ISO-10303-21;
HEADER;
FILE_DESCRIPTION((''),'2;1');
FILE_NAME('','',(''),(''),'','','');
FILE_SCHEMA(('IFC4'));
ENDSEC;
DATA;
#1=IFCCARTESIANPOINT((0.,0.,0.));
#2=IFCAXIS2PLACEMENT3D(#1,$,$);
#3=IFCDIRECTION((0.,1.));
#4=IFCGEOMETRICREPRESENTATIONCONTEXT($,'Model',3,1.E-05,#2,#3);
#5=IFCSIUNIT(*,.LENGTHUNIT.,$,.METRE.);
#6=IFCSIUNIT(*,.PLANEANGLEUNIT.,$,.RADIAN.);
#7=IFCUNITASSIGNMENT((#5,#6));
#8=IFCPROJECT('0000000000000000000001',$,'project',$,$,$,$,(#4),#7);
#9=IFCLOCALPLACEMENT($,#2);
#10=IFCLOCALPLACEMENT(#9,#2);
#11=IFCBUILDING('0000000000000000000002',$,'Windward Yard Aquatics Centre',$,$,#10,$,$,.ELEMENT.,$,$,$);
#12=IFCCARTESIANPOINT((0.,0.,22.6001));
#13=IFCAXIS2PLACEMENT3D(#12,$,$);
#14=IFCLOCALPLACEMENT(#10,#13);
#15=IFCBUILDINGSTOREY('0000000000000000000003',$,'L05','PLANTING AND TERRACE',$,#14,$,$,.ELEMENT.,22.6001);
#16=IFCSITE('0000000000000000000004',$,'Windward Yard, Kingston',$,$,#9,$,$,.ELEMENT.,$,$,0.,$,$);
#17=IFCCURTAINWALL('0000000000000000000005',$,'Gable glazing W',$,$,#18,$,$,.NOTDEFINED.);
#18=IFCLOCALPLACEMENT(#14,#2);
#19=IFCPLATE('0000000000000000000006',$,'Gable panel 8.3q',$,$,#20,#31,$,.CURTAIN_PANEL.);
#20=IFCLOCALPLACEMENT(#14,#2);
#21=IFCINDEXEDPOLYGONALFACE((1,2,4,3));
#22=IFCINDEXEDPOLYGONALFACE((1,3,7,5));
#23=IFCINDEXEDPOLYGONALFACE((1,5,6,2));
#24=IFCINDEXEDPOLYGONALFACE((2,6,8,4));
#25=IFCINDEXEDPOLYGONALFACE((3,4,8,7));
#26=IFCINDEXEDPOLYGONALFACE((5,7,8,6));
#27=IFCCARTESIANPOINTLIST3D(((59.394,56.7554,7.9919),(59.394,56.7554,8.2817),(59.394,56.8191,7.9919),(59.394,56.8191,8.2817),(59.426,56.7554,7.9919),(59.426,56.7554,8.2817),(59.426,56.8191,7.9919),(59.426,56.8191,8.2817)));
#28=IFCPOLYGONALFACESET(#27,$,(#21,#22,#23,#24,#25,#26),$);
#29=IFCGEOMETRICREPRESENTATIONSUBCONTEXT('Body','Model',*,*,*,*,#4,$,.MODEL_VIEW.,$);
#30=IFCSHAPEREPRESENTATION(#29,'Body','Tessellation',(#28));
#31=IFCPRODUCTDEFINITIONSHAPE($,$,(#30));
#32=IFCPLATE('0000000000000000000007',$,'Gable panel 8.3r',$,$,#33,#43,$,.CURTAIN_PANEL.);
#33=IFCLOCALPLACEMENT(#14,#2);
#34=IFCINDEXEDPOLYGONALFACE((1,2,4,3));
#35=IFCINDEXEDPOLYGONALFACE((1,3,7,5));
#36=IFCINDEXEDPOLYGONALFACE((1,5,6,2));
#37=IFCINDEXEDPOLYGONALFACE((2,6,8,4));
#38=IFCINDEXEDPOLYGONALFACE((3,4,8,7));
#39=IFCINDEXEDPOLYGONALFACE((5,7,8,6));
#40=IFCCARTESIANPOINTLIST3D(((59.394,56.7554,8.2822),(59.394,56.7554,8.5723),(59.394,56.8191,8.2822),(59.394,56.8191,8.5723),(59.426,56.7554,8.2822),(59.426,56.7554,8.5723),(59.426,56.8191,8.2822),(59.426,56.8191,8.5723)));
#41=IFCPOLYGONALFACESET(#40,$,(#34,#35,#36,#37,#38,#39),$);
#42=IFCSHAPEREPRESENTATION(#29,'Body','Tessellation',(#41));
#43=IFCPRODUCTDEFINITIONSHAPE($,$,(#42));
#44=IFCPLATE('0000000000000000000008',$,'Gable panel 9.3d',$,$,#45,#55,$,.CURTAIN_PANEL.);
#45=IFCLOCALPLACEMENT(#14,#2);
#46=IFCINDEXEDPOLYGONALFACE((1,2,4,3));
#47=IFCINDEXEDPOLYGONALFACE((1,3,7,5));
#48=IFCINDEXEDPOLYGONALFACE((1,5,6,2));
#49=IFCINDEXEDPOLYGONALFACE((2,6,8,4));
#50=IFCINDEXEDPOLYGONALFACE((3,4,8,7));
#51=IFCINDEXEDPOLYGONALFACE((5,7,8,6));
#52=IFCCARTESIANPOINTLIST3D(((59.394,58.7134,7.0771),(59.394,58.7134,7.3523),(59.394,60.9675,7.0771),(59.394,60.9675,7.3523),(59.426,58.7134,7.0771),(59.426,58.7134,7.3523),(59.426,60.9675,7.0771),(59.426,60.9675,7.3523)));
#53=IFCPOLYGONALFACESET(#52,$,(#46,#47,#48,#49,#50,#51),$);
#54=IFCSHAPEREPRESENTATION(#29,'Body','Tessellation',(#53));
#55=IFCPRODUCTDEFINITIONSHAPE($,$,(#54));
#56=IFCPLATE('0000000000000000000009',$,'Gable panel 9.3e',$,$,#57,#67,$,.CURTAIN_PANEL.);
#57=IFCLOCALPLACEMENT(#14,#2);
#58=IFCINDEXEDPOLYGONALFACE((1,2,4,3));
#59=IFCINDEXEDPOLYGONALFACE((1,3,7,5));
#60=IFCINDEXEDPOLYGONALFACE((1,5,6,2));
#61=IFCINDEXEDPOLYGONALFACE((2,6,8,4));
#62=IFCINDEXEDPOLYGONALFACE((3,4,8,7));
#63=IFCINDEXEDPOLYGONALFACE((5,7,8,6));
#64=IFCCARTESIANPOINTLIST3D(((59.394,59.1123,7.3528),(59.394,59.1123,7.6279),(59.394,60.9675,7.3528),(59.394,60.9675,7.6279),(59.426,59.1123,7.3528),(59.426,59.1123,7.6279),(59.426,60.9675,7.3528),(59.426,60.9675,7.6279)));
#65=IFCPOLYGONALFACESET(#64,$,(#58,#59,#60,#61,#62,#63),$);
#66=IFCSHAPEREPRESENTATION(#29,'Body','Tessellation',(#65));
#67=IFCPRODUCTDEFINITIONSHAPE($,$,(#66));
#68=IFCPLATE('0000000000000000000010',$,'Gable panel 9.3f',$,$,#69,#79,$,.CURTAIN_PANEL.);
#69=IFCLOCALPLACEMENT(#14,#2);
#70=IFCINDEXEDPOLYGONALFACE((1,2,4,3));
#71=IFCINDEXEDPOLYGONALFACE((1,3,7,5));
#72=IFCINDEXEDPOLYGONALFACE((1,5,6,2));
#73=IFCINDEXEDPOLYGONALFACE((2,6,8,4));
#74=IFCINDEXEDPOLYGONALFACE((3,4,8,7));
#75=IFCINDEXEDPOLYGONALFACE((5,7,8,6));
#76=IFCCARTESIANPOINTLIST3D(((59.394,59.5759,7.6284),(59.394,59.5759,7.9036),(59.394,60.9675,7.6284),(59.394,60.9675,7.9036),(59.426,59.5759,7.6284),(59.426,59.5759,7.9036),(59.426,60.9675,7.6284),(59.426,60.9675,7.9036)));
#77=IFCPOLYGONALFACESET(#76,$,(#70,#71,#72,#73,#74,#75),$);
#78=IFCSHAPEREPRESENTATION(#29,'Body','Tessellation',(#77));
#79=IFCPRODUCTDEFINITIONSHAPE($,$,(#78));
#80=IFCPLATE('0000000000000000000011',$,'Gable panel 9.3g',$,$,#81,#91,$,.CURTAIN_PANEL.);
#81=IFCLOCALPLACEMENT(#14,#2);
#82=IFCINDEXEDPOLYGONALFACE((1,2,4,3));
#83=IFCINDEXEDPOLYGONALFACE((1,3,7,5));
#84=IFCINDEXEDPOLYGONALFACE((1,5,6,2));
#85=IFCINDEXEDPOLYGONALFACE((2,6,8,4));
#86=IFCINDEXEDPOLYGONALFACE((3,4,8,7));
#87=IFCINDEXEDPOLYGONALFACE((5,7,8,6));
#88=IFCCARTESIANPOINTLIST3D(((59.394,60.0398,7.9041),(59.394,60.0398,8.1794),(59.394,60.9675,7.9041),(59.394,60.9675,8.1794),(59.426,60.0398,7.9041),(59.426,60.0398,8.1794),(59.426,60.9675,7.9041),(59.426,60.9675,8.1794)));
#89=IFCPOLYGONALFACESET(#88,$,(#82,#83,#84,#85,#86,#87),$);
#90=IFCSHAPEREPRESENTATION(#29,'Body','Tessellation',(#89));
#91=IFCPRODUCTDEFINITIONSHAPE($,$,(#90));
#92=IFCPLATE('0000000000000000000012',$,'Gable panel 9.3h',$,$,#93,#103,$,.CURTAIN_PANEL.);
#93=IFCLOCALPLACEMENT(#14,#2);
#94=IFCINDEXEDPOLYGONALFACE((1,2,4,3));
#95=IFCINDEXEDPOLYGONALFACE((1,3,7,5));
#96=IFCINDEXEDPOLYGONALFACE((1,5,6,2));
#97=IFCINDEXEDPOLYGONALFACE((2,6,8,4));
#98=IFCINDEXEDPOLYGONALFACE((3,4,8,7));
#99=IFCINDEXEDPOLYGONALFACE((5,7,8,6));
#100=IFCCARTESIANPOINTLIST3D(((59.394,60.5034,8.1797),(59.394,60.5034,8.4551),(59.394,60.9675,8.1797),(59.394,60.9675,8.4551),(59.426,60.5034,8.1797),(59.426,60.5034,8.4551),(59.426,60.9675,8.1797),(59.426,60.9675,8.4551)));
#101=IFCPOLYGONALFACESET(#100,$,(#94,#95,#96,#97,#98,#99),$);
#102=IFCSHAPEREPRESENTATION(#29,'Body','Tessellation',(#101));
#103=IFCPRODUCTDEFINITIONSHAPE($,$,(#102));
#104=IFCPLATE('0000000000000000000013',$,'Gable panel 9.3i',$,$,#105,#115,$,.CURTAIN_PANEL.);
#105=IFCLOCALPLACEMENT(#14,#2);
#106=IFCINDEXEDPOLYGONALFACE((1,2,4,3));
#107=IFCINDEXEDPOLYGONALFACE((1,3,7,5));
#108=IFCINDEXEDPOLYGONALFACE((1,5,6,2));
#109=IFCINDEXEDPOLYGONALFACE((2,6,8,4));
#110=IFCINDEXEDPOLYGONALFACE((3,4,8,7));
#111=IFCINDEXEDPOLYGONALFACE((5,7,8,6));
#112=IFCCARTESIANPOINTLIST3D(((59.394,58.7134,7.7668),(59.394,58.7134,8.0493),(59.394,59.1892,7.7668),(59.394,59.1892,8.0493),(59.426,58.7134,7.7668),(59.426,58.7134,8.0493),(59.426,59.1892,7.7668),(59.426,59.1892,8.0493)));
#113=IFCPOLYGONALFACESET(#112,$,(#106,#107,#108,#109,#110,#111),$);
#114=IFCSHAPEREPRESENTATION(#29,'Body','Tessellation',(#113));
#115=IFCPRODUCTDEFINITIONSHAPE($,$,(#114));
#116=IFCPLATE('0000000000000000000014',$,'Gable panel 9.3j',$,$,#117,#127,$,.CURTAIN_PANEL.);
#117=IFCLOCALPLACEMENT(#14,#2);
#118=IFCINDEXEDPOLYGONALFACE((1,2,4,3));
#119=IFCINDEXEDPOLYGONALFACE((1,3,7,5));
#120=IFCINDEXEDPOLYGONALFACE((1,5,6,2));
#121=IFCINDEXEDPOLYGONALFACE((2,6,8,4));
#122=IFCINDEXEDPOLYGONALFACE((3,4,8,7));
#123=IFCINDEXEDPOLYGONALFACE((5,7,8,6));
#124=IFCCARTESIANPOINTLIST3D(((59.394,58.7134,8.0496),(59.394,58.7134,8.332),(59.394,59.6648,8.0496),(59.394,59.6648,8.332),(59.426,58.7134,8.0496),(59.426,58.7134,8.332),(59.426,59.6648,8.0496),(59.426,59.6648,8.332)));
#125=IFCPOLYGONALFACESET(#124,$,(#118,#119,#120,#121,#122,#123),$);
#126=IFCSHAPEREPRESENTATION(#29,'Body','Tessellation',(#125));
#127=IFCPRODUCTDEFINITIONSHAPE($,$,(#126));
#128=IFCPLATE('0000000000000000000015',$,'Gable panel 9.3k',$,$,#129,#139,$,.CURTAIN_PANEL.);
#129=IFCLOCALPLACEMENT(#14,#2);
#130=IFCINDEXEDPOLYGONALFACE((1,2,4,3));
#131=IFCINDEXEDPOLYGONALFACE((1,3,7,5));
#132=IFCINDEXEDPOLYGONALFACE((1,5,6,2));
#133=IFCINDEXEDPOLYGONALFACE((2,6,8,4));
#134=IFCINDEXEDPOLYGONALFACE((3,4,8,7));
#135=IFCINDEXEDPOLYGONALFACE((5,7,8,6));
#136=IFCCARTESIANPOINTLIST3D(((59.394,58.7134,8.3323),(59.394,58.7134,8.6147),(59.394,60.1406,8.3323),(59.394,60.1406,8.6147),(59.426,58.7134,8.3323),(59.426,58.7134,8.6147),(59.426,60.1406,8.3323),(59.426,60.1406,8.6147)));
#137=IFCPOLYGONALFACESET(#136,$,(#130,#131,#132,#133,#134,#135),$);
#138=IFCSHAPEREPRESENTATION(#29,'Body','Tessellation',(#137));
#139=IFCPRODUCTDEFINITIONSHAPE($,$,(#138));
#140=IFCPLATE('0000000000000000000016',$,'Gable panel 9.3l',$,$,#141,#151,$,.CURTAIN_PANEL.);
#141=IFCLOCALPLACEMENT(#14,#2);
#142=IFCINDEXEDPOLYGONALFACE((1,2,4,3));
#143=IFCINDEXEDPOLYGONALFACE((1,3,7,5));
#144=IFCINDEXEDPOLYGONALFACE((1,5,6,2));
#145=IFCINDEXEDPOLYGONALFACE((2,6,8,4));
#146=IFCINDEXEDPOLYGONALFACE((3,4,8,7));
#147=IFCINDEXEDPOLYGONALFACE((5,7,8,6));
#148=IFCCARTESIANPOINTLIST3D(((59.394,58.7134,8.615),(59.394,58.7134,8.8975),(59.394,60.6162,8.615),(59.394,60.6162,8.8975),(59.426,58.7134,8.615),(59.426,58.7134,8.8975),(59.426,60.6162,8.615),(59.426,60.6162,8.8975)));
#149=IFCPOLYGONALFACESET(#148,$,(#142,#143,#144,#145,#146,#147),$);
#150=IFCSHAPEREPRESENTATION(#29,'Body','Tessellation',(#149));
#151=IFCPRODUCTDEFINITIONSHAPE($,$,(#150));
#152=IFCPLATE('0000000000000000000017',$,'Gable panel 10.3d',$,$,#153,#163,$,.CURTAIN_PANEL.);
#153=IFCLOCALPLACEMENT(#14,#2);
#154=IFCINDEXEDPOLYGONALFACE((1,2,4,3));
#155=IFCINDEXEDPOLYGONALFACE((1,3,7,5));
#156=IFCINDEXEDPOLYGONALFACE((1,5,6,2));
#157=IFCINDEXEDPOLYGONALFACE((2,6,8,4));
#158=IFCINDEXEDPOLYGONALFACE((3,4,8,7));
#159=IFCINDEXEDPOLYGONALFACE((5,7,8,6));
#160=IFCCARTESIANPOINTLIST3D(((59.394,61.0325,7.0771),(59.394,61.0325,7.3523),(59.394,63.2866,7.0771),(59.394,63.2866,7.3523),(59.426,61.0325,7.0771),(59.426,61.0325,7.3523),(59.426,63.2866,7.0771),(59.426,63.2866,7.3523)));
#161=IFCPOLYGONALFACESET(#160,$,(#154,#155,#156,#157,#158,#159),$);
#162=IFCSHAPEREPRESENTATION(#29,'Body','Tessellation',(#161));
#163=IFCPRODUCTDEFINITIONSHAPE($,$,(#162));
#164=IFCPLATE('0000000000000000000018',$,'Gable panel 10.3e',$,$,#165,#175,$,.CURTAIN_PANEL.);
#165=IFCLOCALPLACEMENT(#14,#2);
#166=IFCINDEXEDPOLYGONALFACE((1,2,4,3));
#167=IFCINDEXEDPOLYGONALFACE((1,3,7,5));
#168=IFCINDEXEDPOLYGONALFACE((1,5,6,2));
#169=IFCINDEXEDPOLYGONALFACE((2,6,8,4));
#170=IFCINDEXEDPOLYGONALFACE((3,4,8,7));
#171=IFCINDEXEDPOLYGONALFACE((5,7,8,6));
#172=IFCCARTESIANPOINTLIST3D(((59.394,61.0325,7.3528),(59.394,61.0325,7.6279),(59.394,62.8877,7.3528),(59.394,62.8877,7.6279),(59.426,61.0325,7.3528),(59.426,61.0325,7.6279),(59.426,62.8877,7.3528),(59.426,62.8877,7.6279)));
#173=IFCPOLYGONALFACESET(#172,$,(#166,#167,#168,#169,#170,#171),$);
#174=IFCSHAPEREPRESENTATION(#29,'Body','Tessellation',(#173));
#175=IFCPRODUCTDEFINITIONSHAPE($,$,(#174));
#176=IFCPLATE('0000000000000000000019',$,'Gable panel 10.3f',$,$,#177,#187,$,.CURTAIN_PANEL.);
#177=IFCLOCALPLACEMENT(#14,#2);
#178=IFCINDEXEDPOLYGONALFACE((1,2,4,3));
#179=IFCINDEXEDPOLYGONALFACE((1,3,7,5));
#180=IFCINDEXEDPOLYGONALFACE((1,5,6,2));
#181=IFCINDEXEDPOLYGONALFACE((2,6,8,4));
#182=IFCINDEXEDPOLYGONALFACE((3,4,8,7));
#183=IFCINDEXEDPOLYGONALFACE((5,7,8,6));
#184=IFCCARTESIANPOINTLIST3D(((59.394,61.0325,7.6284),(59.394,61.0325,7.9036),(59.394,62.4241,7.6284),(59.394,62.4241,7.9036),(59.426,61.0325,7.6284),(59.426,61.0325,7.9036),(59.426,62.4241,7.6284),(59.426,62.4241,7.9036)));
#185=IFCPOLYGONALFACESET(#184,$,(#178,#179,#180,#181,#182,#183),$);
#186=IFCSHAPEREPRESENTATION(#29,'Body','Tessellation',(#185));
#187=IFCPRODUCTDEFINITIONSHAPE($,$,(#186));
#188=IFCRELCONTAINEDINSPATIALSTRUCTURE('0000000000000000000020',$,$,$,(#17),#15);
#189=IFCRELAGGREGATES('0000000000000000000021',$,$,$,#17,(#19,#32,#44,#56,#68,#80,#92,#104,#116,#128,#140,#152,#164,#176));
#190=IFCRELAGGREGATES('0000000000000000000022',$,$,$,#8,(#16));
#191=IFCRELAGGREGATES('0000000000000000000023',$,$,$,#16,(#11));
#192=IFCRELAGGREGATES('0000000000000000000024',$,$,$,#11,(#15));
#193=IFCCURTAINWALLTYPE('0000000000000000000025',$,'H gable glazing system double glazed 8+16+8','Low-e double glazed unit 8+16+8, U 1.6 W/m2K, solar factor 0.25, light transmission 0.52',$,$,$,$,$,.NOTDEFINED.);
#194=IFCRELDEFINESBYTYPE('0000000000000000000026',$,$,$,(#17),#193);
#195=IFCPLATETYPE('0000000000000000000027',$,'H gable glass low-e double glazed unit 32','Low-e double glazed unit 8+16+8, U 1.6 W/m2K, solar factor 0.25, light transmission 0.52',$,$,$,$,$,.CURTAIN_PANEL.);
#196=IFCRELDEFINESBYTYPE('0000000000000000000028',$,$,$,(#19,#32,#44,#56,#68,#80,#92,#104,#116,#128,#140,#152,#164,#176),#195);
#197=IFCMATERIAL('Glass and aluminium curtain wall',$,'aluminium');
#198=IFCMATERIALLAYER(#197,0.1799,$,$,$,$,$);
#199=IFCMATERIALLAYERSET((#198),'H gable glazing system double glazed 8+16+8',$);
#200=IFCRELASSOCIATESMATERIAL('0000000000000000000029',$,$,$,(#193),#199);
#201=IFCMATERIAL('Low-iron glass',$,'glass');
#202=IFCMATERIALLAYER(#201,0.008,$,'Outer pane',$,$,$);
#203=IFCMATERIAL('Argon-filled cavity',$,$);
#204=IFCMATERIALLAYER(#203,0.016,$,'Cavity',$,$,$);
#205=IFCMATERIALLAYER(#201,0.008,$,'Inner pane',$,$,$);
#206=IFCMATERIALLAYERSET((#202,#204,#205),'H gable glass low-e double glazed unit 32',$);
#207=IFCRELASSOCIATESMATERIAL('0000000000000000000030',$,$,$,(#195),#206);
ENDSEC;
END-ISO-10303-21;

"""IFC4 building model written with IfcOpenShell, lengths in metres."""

from ifc_helpers import new_model, si_unit, direction, frame, origin, place, context, subcontext, project, spatial, polyline, outline, extrude, material, layer, layer_set, type_object, element, aggregate, save


model = new_model("IFC4")

# Units and contexts
model_context = context("Model", 3, precision=1e-05, world=origin(), true_north=direction((0.0, 1.0)))
body_context = subcontext(model_context, "Body", "Model", "MODEL_VIEW")
ifc_project = project(units=[si_unit("LENGTHUNIT", "METRE"), si_unit("PLANEANGLEUNIT", "RADIAN")], contexts=[model_context])

# Site, building, storey
site_placement = place(None, origin())
site = spatial("IfcSite", under=ifc_project, at=site_placement, Name="Windward Yard, Kingston", CompositionType="ELEMENT", RefElevation=0.0)
building_placement = place(site_placement, origin())
building = spatial("IfcBuilding", under=site, at=building_placement, Name="Windward Yard Aquatics Centre", CompositionType="ELEMENT")
storey_placement = place(building_placement, frame((0.0, 0.0, 22.6001)))
storey = spatial("IfcBuildingStorey", under=building, at=storey_placement, Name="L05", Description="PLANTING AND TERRACE", CompositionType="ELEMENT", Elevation=22.6001)

# Curtain wall, plates
ifc_material_1 = material(Name="Glass and aluminium curtain wall", Category="aluminium")
ifc_layer_1 = layer(ifc_material_1, 0.1799)
ifc_layer_set_1 = layer_set([ifc_layer_1], Name="H gable glazing system double glazed 8+16+8")
curtain_wall_type = type_object("IfcCurtainWallType", Name="H gable glazing system double glazed 8+16+8", Description="Low-e double glazed unit 8+16+8, U 1.6 W/m2K, solar factor 0.25, light transmission 0.52", PredefinedType="NOTDEFINED", material=ifc_layer_set_1)
curtain_wall_placement = place(storey_placement, origin())
curtain_wall = element("IfcCurtainWall", 1, at=curtain_wall_placement, inside=storey, type_object=curtain_wall_type, Name="Gable glazing W", PredefinedType="NOTDEFINED")
ifc_material_2 = material(Name="Low-iron glass", Category="glass")
ifc_layer_2 = layer(ifc_material_2, 0.008, Name="Outer pane")
ifc_material_3 = material(Name="Argon-filled cavity")
ifc_layer_3 = layer(ifc_material_3, 0.016, Name="Cavity")
ifc_layer_4 = layer(ifc_material_2, 0.008, Name="Inner pane")
ifc_layer_set_2 = layer_set([ifc_layer_2, ifc_layer_3, ifc_layer_4], Name="H gable glass low-e double glazed unit 32")
plate_type = type_object("IfcPlateType", Name="H gable glass low-e double glazed unit 32", Description="Low-e double glazed unit 8+16+8, U 1.6 W/m2K, solar factor 0.25, light transmission 0.52", PredefinedType="CURTAIN_PANEL", material=ifc_layer_set_2)
plate_1_placement = place(storey_placement, frame((59.426, 56.7554, 7.9919), z_axis=(1.0, 0.0, 0.0), x_axis=(0.0, 1.0, 0.0)))
plate_1 = element("IfcPlate", 2, at=plate_1_placement, type_object=plate_type, Name="Gable panel 8.3q", PredefinedType="CURTAIN_PANEL", context=body_context, shape_type="SweptSolid", body=[
    extrude(outline(polyline([(0.0, 0.0), (0.0637, 0.0), (0.0637, 0.2898), (0.0, 0.2898), (0.0, 0.0)])), origin(), (0.0, 0.0, -1.0), 0.032),
])
plate_2_placement = place(storey_placement, frame((59.426, 56.7554, 8.2822), z_axis=(1.0, 0.0, 0.0), x_axis=(0.0, 1.0, 0.0)))
plate_2 = element("IfcPlate", 3, at=plate_2_placement, type_object=plate_type, Name="Gable panel 8.3r", PredefinedType="CURTAIN_PANEL", context=body_context, shape_type="SweptSolid", body=[
    extrude(outline(polyline([(0.0, 0.0), (0.0637, 0.0), (0.0637, 0.29), (0.0, 0.29), (0.0, 0.0)])), origin(), (0.0, 0.0, -1.0), 0.032),
])
plate_3_placement = place(storey_placement, frame((59.426, 58.7134, 7.0771), z_axis=(1.0, 0.0, 0.0), x_axis=(0.0, 1.0, 0.0)))
plate_3 = element("IfcPlate", 4, at=plate_3_placement, type_object=plate_type, Name="Gable panel 9.3d", PredefinedType="CURTAIN_PANEL", context=body_context, shape_type="SweptSolid", body=[
    extrude(outline(polyline([(0.0, 0.0), (2.2542, 0.0), (2.2542, 0.2751), (0.0, 0.2751), (0.0, 0.0)])), origin(), (0.0, 0.0, -1.0), 0.032),
])
plate_4_placement = place(storey_placement, frame((59.426, 59.1123, 7.3528), z_axis=(1.0, 0.0, 0.0), x_axis=(0.0, 1.0, 0.0)))
plate_4 = element("IfcPlate", 5, at=plate_4_placement, type_object=plate_type, Name="Gable panel 9.3e", PredefinedType="CURTAIN_PANEL", context=body_context, shape_type="SweptSolid", body=[
    extrude(outline(polyline([(0.0, 0.0), (1.8552, 0.0), (1.8552, 0.2751), (0.0, 0.2751), (0.0, 0.0)])), origin(), (0.0, 0.0, -1.0), 0.032),
])
plate_5_placement = place(storey_placement, frame((59.426, 59.5759, 7.6284), z_axis=(1.0, 0.0, 0.0), x_axis=(0.0, 1.0, 0.0)))
plate_5 = element("IfcPlate", 6, at=plate_5_placement, type_object=plate_type, Name="Gable panel 9.3f", PredefinedType="CURTAIN_PANEL", context=body_context, shape_type="SweptSolid", body=[
    extrude(outline(polyline([(0.0, 0.0), (1.3916, 0.0), (1.3916, 0.2751), (0.0, 0.2751), (0.0, 0.0)])), origin(), (0.0, 0.0, -1.0), 0.032),
])
plate_6_placement = place(storey_placement, frame((59.426, 60.0398, 7.9041), z_axis=(1.0, 0.0, 0.0), x_axis=(0.0, 1.0, 0.0)))
plate_6 = element("IfcPlate", 7, at=plate_6_placement, type_object=plate_type, Name="Gable panel 9.3g", PredefinedType="CURTAIN_PANEL", context=body_context, shape_type="SweptSolid", body=[
    extrude(outline(polyline([(0.0, 0.0), (0.9277, 0.0), (0.9277, 0.2754), (0.0, 0.2754), (0.0, 0.0)])), origin(), (0.0, 0.0, -1.0), 0.032),
])
plate_7_placement = place(storey_placement, frame((59.426, 60.5034, 8.1797), z_axis=(1.0, 0.0, 0.0), x_axis=(0.0, 1.0, 0.0)))
plate_7 = element("IfcPlate", 8, at=plate_7_placement, type_object=plate_type, Name="Gable panel 9.3h", PredefinedType="CURTAIN_PANEL", context=body_context, shape_type="SweptSolid", body=[
    extrude(outline(polyline([(0.0, 0.0), (0.4641, 0.0), (0.4641, 0.2754), (0.0, 0.2754), (0.0, 0.0)])), origin(), (0.0, 0.0, -1.0), 0.032),
])
plate_8_placement = place(storey_placement, frame((59.426, 58.7134, 7.7668), z_axis=(1.0, 0.0, 0.0), x_axis=(0.0, 1.0, 0.0)))
plate_8 = element("IfcPlate", 9, at=plate_8_placement, type_object=plate_type, Name="Gable panel 9.3i", PredefinedType="CURTAIN_PANEL", context=body_context, shape_type="SweptSolid", body=[
    extrude(outline(polyline([(0.0, 0.0), (0.4758, 0.0), (0.4758, 0.2825), (0.0, 0.2825), (0.0, 0.0)])), origin(), (0.0, 0.0, -1.0), 0.032),
])
plate_9_placement = place(storey_placement, frame((59.426, 58.7134, 8.0496), z_axis=(1.0, 0.0, 0.0), x_axis=(0.0, 1.0, 0.0)))
plate_9 = element("IfcPlate", 10, at=plate_9_placement, type_object=plate_type, Name="Gable panel 9.3j", PredefinedType="CURTAIN_PANEL", context=body_context, shape_type="SweptSolid", body=[
    extrude(outline(polyline([(0.0, 0.0), (0.9514, 0.0), (0.9514, 0.2825), (0.0, 0.2825), (0.0, 0.0)])), origin(), (0.0, 0.0, -1.0), 0.032),
])
plate_10_placement = place(storey_placement, frame((59.426, 58.7134, 8.3323), z_axis=(1.0, 0.0, 0.0), x_axis=(0.0, 1.0, 0.0)))
plate_10 = element("IfcPlate", 11, at=plate_10_placement, type_object=plate_type, Name="Gable panel 9.3k", PredefinedType="CURTAIN_PANEL", context=body_context, shape_type="SweptSolid", body=[
    extrude(outline(polyline([(0.0, 0.0), (1.4272, 0.0), (1.4272, 0.2825), (0.0, 0.2825), (0.0, 0.0)])), origin(), (0.0, 0.0, -1.0), 0.032),
])
plate_11_placement = place(storey_placement, frame((59.426, 58.7134, 8.615), z_axis=(1.0, 0.0, 0.0), x_axis=(0.0, 1.0, 0.0)))
plate_11 = element("IfcPlate", 12, at=plate_11_placement, type_object=plate_type, Name="Gable panel 9.3l", PredefinedType="CURTAIN_PANEL", context=body_context, shape_type="SweptSolid", body=[
    extrude(outline(polyline([(0.0, 0.0), (1.9028, 0.0), (1.9028, 0.2825), (0.0, 0.2825), (0.0, 0.0)])), origin(), (0.0, 0.0, -1.0), 0.032),
])
plate_12_placement = place(storey_placement, frame((59.426, 61.0325, 7.0771), z_axis=(1.0, 0.0, 0.0), x_axis=(0.0, 1.0, 0.0)))
plate_12 = element("IfcPlate", 13, at=plate_12_placement, type_object=plate_type, Name="Gable panel 10.3d", PredefinedType="CURTAIN_PANEL", context=body_context, shape_type="SweptSolid", body=[
    extrude(outline(polyline([(0.0, 0.0), (2.2542, 0.0), (2.2542, 0.2751), (0.0, 0.2751), (0.0, 0.0)])), origin(), (0.0, 0.0, -1.0), 0.032),
])
plate_13_placement = place(storey_placement, frame((59.426, 61.0325, 7.3528), z_axis=(1.0, 0.0, 0.0), x_axis=(0.0, 1.0, 0.0)))
plate_13 = element("IfcPlate", 14, at=plate_13_placement, type_object=plate_type, Name="Gable panel 10.3e", PredefinedType="CURTAIN_PANEL", context=body_context, shape_type="SweptSolid", body=[
    extrude(outline(polyline([(0.0, 0.0), (1.8552, 0.0), (1.8552, 0.2751), (0.0, 0.2751), (0.0, 0.0)])), origin(), (0.0, 0.0, -1.0), 0.032),
])
plate_14_placement = place(storey_placement, frame((59.426, 61.0325, 7.6284), z_axis=(1.0, 0.0, 0.0), x_axis=(0.0, 1.0, 0.0)))
plate_14 = element("IfcPlate", 15, at=plate_14_placement, type_object=plate_type, Name="Gable panel 10.3f", PredefinedType="CURTAIN_PANEL", context=body_context, shape_type="SweptSolid", body=[
    extrude(outline(polyline([(0.0, 0.0), (1.3916, 0.0), (1.3916, 0.2751), (0.0, 0.2751), (0.0, 0.0)])), origin(), (0.0, 0.0, -1.0), 0.032),
])
aggregate(curtain_wall, [plate_1, plate_2, plate_3, plate_4, plate_5, plate_6, plate_7, plate_8, plate_9, plate_10, plate_11, plate_12, plate_13, plate_14])

save(model, "model.ifc")
